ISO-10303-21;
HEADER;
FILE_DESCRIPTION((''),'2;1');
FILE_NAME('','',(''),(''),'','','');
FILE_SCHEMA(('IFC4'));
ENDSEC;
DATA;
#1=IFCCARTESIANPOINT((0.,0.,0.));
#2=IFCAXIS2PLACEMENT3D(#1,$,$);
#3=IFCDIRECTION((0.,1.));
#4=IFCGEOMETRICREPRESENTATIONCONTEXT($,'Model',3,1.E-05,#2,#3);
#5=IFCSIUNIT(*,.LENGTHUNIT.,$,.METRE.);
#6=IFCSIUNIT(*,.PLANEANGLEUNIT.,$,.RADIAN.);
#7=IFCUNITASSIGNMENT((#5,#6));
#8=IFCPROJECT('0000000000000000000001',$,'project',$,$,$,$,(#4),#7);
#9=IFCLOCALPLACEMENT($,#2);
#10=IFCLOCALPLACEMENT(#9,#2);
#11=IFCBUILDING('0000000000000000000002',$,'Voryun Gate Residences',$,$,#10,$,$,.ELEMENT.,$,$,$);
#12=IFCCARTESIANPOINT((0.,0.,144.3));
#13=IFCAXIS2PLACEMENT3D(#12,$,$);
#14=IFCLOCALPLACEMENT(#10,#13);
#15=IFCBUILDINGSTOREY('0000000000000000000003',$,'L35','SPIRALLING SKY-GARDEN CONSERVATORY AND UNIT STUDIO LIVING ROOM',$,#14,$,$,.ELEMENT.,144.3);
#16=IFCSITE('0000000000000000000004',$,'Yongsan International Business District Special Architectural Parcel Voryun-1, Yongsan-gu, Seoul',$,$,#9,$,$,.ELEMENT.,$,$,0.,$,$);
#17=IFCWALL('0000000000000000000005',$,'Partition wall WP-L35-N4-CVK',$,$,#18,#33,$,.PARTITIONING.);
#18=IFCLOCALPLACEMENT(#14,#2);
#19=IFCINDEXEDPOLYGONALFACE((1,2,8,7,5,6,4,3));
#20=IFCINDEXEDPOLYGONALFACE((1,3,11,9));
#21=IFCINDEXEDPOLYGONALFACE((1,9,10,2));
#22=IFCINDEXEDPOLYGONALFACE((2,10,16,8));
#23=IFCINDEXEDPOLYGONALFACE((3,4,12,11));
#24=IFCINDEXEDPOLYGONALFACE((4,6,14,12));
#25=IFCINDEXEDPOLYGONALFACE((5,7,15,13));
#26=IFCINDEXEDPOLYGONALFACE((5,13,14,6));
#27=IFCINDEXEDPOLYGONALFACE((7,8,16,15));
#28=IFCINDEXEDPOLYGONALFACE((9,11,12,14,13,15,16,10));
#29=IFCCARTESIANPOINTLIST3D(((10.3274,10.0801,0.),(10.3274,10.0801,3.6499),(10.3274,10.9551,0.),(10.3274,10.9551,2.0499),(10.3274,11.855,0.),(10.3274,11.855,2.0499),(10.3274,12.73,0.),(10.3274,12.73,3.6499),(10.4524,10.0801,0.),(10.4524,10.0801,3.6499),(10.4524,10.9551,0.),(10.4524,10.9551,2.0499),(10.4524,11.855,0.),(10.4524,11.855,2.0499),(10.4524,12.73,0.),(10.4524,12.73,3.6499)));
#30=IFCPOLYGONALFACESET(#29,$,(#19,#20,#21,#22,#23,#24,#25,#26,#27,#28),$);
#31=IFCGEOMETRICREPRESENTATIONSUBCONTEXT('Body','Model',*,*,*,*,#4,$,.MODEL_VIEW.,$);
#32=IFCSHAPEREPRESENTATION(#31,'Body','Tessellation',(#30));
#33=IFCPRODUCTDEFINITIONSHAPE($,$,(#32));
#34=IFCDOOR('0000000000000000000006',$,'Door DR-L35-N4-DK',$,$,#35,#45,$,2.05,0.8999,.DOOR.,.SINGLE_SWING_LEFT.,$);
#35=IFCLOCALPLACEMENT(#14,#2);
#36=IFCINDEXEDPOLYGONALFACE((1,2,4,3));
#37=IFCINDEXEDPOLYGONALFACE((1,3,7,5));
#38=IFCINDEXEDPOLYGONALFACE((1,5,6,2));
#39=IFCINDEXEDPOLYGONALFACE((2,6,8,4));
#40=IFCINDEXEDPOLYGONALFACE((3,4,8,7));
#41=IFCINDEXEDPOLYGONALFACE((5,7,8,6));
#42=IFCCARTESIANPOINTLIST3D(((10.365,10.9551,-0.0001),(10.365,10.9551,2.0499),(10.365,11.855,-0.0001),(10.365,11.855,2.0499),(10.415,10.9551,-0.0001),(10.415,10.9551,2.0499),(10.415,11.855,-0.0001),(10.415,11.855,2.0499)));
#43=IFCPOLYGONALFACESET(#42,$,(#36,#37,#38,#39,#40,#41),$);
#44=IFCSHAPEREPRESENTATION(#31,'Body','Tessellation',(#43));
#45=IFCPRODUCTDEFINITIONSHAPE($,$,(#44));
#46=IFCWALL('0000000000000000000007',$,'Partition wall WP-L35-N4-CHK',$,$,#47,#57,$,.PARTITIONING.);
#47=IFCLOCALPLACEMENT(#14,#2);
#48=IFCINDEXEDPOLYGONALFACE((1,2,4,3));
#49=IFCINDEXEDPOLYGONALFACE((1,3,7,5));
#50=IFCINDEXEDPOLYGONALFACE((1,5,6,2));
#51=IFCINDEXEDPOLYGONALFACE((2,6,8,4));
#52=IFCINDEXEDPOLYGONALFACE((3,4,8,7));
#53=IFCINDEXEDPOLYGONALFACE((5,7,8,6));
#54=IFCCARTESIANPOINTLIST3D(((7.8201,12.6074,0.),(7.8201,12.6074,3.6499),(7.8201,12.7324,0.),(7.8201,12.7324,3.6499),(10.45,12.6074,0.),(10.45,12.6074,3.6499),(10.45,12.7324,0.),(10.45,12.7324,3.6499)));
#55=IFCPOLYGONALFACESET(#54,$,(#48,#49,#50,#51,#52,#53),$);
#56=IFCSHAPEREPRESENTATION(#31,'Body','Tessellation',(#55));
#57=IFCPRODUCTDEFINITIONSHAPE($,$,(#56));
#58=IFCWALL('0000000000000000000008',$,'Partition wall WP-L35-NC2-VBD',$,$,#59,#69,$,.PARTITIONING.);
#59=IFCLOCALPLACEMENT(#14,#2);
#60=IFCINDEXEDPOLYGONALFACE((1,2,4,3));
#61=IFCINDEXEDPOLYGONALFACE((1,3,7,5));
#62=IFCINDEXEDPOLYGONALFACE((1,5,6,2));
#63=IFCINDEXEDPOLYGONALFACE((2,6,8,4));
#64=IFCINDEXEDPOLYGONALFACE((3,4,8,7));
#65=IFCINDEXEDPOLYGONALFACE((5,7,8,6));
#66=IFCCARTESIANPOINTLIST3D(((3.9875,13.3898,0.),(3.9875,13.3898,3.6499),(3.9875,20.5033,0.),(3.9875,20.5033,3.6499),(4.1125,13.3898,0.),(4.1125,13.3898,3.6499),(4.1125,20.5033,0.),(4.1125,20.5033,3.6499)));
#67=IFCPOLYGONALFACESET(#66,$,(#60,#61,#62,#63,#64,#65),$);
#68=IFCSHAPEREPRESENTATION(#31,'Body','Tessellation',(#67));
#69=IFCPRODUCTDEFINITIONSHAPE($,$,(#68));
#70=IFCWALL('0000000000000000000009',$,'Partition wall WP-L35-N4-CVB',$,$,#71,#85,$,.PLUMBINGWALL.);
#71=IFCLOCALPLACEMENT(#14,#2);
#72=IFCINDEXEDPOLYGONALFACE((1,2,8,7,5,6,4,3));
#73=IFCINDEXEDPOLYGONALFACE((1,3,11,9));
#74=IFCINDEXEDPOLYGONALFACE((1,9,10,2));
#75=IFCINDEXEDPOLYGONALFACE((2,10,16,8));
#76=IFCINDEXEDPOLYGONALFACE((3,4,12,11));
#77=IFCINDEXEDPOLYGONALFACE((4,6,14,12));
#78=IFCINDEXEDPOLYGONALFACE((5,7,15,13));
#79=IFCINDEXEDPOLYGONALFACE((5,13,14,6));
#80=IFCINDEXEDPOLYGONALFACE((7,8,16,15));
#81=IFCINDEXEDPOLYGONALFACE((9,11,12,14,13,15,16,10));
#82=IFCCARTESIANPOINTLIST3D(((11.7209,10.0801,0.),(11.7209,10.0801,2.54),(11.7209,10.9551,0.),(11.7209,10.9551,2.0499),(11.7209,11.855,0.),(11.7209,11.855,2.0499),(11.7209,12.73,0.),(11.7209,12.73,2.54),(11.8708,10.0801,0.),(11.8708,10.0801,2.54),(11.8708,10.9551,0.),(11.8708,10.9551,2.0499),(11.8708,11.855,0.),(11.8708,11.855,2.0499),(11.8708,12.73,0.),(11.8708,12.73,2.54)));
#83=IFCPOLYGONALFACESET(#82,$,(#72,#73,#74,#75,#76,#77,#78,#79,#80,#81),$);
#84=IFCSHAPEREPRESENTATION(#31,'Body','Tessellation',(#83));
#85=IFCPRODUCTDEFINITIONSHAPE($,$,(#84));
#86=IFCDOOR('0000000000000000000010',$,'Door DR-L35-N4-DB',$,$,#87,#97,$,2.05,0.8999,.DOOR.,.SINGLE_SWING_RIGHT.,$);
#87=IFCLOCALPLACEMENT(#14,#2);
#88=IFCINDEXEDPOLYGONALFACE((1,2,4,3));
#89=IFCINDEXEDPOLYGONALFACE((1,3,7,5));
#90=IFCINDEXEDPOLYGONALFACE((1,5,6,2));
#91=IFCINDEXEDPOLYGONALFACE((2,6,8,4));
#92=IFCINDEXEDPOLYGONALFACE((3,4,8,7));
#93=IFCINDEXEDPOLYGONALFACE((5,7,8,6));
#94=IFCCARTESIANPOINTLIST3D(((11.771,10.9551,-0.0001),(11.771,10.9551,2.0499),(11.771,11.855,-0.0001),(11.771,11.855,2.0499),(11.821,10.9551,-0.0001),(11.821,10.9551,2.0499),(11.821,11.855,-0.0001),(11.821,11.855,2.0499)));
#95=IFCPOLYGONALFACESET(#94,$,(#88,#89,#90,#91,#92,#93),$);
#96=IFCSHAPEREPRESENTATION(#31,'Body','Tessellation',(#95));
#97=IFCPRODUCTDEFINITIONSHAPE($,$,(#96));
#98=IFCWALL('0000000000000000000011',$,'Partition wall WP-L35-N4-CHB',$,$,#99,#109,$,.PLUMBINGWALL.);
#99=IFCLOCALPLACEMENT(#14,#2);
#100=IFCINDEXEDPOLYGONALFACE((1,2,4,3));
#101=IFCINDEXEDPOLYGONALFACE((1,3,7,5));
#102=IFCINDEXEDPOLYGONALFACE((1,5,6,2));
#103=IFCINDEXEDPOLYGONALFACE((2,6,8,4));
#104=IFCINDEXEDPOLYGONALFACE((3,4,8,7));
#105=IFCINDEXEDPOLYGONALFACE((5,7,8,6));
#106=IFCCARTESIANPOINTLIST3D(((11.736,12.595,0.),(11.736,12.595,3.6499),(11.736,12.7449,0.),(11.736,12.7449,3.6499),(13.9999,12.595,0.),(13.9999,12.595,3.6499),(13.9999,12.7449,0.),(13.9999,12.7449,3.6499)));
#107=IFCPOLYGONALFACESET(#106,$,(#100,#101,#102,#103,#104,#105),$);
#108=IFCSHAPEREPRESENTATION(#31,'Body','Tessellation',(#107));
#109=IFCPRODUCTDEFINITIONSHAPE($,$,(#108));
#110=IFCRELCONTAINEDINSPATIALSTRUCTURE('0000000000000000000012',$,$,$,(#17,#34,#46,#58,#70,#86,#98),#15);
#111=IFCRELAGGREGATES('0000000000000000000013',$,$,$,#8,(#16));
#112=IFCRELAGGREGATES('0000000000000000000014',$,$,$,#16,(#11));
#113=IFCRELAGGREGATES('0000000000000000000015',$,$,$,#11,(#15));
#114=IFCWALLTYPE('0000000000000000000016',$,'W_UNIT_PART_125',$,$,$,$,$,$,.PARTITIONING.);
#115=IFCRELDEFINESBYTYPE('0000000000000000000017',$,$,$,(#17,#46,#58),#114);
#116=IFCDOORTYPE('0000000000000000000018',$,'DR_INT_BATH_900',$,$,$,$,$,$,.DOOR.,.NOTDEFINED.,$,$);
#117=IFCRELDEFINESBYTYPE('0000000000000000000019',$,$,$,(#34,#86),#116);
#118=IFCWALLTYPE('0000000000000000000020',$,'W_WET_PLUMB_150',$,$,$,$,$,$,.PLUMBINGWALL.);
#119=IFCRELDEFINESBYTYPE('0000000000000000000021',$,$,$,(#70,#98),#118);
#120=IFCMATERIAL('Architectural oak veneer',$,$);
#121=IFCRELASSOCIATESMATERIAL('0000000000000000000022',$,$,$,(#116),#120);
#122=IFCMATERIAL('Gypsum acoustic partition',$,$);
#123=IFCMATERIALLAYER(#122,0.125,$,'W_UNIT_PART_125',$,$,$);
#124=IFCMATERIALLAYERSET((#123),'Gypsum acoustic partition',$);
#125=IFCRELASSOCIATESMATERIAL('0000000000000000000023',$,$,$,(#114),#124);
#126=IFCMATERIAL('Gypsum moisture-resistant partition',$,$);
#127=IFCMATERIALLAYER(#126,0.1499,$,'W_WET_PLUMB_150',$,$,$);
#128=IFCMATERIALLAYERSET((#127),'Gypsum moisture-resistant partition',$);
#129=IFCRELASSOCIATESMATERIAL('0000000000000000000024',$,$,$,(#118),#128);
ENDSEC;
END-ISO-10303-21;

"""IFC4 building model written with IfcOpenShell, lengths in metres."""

from ifc_helpers import new_model, si_unit, direction, frame, frame_2d, origin, place, context, subcontext, project, spatial, rectangle, extrude, material, layer, layer_set, type_object, element, fill, save


model = new_model("IFC4")

# Units and contexts
model_context = context("Model", 3, precision=1e-05, world=origin(), true_north=direction((0.0, 1.0)))
body_context = subcontext(model_context, "Body", "Model", "MODEL_VIEW")
ifc_project = project(units=[si_unit("LENGTHUNIT", "METRE"), si_unit("PLANEANGLEUNIT", "RADIAN")], contexts=[model_context])

# Site, building, storey
site_placement = place(None, origin())
site = spatial("IfcSite", under=ifc_project, at=site_placement, Name="Yongsan International Business District Special Architectural Parcel Voryun-1, Yongsan-gu, Seoul", CompositionType="ELEMENT", RefElevation=0.0)
building_placement = place(site_placement, origin())
building = spatial("IfcBuilding", under=site, at=building_placement, Name="Voryun Gate Residences", CompositionType="ELEMENT")
storey_placement = place(building_placement, frame((0.0, 0.0, 144.3)))
storey = spatial("IfcBuildingStorey", under=building, at=storey_placement, Name="L35", Description="SPIRALLING SKY-GARDEN CONSERVATORY AND UNIT STUDIO LIVING ROOM", CompositionType="ELEMENT", Elevation=144.3)

# Shared definitions
ifc_material_1 = material(Name="Architectural oak veneer")
door_type_1 = type_object("IfcDoorType", Name="DR_INT_BATH_900", OperationType="NOTDEFINED", PredefinedType="DOOR", material=ifc_material_1)

# Wall, opening, door
ifc_material_2 = material(Name="Gypsum acoustic partition")
ifc_layer_1 = layer(ifc_material_2, 0.125, Name="W_UNIT_PART_125")
ifc_layer_set_1 = layer_set([ifc_layer_1], Name="Gypsum acoustic partition")
wall_type_1 = type_object("IfcWallType", Name="W_UNIT_PART_125", PredefinedType="PARTITIONING", material=ifc_layer_set_1)
wall_1_placement = place(storey_placement, frame((10.3899, 10.0801, 0.0), z_axis=(0.0, 0.0, 1.0), x_axis=(0.0, 1.0, 0.0)))
wall_1 = element("IfcWall", 1, at=wall_1_placement, inside=storey, type_object=wall_type_1, Name="Partition wall WP-L35-N4-CVK", PredefinedType="PARTITIONING", context=body_context, shape_type="SweptSolid", body=[
    extrude(rectangle(XDim=2.6499, YDim=0.125, at=frame_2d((1.325, 0.0))), origin(), (0.0, 0.0, 1.0), 3.6499),
])
opening_1_placement = place(wall_1_placement, frame((0.875, 0.0, 0.0)))
opening_1 = element("IfcOpeningElement", 2, at=opening_1_placement, cuts=wall_1, PredefinedType="OPENING", context=body_context, shape_type="SweptSolid", body=[
    extrude(rectangle(XDim=0.8999, YDim=2.05, at=frame_2d((0.45, 1.0249))), frame((0.0, 0.0725, 0.0), z_axis=(0.0, -1.0, 0.0), x_axis=(1.0, 0.0, 0.0)), (0.0, 0.0, 1.0), 0.145),
])
door_1_placement = place(opening_1_placement, origin())
door_1 = element("IfcDoor", 3, at=door_1_placement, inside=storey, type_object=door_type_1, Name="Door DR-L35-N4-DK", OperationType="SINGLE_SWING_LEFT", OverallHeight=2.05, OverallWidth=0.8999, PredefinedType="DOOR", context=body_context, shape_type="SweptSolid", body=[
    extrude(rectangle(XDim=0.8999, YDim=2.05, at=frame_2d((0.45, 1.0249))), frame((0.0, 0.0249, 0.0), z_axis=(0.0, -1.0, 0.0), x_axis=(1.0, 0.0, 0.0)), (0.0, 0.0, 1.0), 0.05),
])
fill(opening_1, door_1)

# Walls
wall_2_placement = place(storey_placement, frame((7.8201, 12.6699, 0.0), z_axis=(0.0, 0.0, 1.0), x_axis=(1.0, 0.0, 0.0)))
element("IfcWall", 4, at=wall_2_placement, inside=storey, type_object=wall_type_1, Name="Partition wall WP-L35-N4-CHK", PredefinedType="PARTITIONING", context=body_context, shape_type="SweptSolid", body=[
    extrude(rectangle(XDim=2.6299, YDim=0.125, at=frame_2d((1.3149, 0.0))), origin(), (0.0, 0.0, 1.0), 3.6499),
])
wall_3_placement = place(storey_placement, frame((4.05, 13.3899, 0.0), z_axis=(0.0, 0.0, 1.0), x_axis=(0.0, 1.0, 0.0)))
element("IfcWall", 5, at=wall_3_placement, inside=storey, type_object=wall_type_1, Name="Partition wall WP-L35-NC2-VBD", PredefinedType="PARTITIONING", context=body_context, shape_type="SweptSolid", body=[
    extrude(rectangle(XDim=7.1135, YDim=0.125, at=frame_2d((3.5566, 0.0))), origin(), (0.0, 0.0, 1.0), 3.6499),
])

# Wall, opening, door
ifc_material_3 = material(Name="Gypsum moisture-resistant partition")
ifc_layer_2 = layer(ifc_material_3, 0.1499, Name="W_WET_PLUMB_150")
ifc_layer_set_2 = layer_set([ifc_layer_2], Name="Gypsum moisture-resistant partition")
wall_type_2 = type_object("IfcWallType", Name="W_WET_PLUMB_150", PredefinedType="PLUMBINGWALL", material=ifc_layer_set_2)
wall_4_placement = place(storey_placement, frame((11.7959, 10.0801, 0.0), z_axis=(0.0, 0.0, 1.0), x_axis=(0.0, 1.0, 0.0)))
wall_4 = element("IfcWall", 6, at=wall_4_placement, inside=storey, type_object=wall_type_2, Name="Partition wall WP-L35-N4-CVB", PredefinedType="PLUMBINGWALL", context=body_context, shape_type="SweptSolid", body=[
    extrude(rectangle(XDim=2.6499, YDim=0.1499, at=frame_2d((1.325, 0.0))), origin(), (0.0, 0.0, 1.0), 2.54),
])
opening_2_placement = place(wall_4_placement, frame((0.875, 0.0, 0.0)))
opening_2 = element("IfcOpeningElement", 7, at=opening_2_placement, cuts=wall_4, PredefinedType="OPENING", context=body_context, shape_type="SweptSolid", body=[
    extrude(rectangle(XDim=0.8999, YDim=2.05, at=frame_2d((0.45, 1.0249))), frame((0.0, 0.085, 0.0), z_axis=(0.0, -1.0, 0.0), x_axis=(1.0, 0.0, 0.0)), (0.0, 0.0, 1.0), 0.1699),
])
door_2_placement = place(opening_2_placement, origin())
door_2 = element("IfcDoor", 8, at=door_2_placement, inside=storey, type_object=door_type_1, Name="Door DR-L35-N4-DB", OperationType="SINGLE_SWING_RIGHT", OverallHeight=2.05, OverallWidth=0.8999, PredefinedType="DOOR", context=body_context, shape_type="SweptSolid", body=[
    extrude(rectangle(XDim=0.8999, YDim=2.05, at=frame_2d((0.45, 1.0249))), frame((0.0, 0.0249, 0.0), z_axis=(0.0, -1.0, 0.0), x_axis=(1.0, 0.0, 0.0)), (0.0, 0.0, 1.0), 0.05),
])
fill(opening_2, door_2)

# Wall
wall_5_placement = place(storey_placement, frame((11.7361, 12.6699, 0.0), z_axis=(0.0, 0.0, 1.0), x_axis=(1.0, 0.0, 0.0)))
element("IfcWall", 9, at=wall_5_placement, inside=storey, type_object=wall_type_2, Name="Partition wall WP-L35-N4-CHB", PredefinedType="PLUMBINGWALL", context=body_context, shape_type="SweptSolid", body=[
    extrude(rectangle(XDim=2.2639, YDim=0.1499, at=frame_2d((1.1318, 0.0))), origin(), (0.0, 0.0, 1.0), 3.6499),
])

save(model, "model.ifc")
